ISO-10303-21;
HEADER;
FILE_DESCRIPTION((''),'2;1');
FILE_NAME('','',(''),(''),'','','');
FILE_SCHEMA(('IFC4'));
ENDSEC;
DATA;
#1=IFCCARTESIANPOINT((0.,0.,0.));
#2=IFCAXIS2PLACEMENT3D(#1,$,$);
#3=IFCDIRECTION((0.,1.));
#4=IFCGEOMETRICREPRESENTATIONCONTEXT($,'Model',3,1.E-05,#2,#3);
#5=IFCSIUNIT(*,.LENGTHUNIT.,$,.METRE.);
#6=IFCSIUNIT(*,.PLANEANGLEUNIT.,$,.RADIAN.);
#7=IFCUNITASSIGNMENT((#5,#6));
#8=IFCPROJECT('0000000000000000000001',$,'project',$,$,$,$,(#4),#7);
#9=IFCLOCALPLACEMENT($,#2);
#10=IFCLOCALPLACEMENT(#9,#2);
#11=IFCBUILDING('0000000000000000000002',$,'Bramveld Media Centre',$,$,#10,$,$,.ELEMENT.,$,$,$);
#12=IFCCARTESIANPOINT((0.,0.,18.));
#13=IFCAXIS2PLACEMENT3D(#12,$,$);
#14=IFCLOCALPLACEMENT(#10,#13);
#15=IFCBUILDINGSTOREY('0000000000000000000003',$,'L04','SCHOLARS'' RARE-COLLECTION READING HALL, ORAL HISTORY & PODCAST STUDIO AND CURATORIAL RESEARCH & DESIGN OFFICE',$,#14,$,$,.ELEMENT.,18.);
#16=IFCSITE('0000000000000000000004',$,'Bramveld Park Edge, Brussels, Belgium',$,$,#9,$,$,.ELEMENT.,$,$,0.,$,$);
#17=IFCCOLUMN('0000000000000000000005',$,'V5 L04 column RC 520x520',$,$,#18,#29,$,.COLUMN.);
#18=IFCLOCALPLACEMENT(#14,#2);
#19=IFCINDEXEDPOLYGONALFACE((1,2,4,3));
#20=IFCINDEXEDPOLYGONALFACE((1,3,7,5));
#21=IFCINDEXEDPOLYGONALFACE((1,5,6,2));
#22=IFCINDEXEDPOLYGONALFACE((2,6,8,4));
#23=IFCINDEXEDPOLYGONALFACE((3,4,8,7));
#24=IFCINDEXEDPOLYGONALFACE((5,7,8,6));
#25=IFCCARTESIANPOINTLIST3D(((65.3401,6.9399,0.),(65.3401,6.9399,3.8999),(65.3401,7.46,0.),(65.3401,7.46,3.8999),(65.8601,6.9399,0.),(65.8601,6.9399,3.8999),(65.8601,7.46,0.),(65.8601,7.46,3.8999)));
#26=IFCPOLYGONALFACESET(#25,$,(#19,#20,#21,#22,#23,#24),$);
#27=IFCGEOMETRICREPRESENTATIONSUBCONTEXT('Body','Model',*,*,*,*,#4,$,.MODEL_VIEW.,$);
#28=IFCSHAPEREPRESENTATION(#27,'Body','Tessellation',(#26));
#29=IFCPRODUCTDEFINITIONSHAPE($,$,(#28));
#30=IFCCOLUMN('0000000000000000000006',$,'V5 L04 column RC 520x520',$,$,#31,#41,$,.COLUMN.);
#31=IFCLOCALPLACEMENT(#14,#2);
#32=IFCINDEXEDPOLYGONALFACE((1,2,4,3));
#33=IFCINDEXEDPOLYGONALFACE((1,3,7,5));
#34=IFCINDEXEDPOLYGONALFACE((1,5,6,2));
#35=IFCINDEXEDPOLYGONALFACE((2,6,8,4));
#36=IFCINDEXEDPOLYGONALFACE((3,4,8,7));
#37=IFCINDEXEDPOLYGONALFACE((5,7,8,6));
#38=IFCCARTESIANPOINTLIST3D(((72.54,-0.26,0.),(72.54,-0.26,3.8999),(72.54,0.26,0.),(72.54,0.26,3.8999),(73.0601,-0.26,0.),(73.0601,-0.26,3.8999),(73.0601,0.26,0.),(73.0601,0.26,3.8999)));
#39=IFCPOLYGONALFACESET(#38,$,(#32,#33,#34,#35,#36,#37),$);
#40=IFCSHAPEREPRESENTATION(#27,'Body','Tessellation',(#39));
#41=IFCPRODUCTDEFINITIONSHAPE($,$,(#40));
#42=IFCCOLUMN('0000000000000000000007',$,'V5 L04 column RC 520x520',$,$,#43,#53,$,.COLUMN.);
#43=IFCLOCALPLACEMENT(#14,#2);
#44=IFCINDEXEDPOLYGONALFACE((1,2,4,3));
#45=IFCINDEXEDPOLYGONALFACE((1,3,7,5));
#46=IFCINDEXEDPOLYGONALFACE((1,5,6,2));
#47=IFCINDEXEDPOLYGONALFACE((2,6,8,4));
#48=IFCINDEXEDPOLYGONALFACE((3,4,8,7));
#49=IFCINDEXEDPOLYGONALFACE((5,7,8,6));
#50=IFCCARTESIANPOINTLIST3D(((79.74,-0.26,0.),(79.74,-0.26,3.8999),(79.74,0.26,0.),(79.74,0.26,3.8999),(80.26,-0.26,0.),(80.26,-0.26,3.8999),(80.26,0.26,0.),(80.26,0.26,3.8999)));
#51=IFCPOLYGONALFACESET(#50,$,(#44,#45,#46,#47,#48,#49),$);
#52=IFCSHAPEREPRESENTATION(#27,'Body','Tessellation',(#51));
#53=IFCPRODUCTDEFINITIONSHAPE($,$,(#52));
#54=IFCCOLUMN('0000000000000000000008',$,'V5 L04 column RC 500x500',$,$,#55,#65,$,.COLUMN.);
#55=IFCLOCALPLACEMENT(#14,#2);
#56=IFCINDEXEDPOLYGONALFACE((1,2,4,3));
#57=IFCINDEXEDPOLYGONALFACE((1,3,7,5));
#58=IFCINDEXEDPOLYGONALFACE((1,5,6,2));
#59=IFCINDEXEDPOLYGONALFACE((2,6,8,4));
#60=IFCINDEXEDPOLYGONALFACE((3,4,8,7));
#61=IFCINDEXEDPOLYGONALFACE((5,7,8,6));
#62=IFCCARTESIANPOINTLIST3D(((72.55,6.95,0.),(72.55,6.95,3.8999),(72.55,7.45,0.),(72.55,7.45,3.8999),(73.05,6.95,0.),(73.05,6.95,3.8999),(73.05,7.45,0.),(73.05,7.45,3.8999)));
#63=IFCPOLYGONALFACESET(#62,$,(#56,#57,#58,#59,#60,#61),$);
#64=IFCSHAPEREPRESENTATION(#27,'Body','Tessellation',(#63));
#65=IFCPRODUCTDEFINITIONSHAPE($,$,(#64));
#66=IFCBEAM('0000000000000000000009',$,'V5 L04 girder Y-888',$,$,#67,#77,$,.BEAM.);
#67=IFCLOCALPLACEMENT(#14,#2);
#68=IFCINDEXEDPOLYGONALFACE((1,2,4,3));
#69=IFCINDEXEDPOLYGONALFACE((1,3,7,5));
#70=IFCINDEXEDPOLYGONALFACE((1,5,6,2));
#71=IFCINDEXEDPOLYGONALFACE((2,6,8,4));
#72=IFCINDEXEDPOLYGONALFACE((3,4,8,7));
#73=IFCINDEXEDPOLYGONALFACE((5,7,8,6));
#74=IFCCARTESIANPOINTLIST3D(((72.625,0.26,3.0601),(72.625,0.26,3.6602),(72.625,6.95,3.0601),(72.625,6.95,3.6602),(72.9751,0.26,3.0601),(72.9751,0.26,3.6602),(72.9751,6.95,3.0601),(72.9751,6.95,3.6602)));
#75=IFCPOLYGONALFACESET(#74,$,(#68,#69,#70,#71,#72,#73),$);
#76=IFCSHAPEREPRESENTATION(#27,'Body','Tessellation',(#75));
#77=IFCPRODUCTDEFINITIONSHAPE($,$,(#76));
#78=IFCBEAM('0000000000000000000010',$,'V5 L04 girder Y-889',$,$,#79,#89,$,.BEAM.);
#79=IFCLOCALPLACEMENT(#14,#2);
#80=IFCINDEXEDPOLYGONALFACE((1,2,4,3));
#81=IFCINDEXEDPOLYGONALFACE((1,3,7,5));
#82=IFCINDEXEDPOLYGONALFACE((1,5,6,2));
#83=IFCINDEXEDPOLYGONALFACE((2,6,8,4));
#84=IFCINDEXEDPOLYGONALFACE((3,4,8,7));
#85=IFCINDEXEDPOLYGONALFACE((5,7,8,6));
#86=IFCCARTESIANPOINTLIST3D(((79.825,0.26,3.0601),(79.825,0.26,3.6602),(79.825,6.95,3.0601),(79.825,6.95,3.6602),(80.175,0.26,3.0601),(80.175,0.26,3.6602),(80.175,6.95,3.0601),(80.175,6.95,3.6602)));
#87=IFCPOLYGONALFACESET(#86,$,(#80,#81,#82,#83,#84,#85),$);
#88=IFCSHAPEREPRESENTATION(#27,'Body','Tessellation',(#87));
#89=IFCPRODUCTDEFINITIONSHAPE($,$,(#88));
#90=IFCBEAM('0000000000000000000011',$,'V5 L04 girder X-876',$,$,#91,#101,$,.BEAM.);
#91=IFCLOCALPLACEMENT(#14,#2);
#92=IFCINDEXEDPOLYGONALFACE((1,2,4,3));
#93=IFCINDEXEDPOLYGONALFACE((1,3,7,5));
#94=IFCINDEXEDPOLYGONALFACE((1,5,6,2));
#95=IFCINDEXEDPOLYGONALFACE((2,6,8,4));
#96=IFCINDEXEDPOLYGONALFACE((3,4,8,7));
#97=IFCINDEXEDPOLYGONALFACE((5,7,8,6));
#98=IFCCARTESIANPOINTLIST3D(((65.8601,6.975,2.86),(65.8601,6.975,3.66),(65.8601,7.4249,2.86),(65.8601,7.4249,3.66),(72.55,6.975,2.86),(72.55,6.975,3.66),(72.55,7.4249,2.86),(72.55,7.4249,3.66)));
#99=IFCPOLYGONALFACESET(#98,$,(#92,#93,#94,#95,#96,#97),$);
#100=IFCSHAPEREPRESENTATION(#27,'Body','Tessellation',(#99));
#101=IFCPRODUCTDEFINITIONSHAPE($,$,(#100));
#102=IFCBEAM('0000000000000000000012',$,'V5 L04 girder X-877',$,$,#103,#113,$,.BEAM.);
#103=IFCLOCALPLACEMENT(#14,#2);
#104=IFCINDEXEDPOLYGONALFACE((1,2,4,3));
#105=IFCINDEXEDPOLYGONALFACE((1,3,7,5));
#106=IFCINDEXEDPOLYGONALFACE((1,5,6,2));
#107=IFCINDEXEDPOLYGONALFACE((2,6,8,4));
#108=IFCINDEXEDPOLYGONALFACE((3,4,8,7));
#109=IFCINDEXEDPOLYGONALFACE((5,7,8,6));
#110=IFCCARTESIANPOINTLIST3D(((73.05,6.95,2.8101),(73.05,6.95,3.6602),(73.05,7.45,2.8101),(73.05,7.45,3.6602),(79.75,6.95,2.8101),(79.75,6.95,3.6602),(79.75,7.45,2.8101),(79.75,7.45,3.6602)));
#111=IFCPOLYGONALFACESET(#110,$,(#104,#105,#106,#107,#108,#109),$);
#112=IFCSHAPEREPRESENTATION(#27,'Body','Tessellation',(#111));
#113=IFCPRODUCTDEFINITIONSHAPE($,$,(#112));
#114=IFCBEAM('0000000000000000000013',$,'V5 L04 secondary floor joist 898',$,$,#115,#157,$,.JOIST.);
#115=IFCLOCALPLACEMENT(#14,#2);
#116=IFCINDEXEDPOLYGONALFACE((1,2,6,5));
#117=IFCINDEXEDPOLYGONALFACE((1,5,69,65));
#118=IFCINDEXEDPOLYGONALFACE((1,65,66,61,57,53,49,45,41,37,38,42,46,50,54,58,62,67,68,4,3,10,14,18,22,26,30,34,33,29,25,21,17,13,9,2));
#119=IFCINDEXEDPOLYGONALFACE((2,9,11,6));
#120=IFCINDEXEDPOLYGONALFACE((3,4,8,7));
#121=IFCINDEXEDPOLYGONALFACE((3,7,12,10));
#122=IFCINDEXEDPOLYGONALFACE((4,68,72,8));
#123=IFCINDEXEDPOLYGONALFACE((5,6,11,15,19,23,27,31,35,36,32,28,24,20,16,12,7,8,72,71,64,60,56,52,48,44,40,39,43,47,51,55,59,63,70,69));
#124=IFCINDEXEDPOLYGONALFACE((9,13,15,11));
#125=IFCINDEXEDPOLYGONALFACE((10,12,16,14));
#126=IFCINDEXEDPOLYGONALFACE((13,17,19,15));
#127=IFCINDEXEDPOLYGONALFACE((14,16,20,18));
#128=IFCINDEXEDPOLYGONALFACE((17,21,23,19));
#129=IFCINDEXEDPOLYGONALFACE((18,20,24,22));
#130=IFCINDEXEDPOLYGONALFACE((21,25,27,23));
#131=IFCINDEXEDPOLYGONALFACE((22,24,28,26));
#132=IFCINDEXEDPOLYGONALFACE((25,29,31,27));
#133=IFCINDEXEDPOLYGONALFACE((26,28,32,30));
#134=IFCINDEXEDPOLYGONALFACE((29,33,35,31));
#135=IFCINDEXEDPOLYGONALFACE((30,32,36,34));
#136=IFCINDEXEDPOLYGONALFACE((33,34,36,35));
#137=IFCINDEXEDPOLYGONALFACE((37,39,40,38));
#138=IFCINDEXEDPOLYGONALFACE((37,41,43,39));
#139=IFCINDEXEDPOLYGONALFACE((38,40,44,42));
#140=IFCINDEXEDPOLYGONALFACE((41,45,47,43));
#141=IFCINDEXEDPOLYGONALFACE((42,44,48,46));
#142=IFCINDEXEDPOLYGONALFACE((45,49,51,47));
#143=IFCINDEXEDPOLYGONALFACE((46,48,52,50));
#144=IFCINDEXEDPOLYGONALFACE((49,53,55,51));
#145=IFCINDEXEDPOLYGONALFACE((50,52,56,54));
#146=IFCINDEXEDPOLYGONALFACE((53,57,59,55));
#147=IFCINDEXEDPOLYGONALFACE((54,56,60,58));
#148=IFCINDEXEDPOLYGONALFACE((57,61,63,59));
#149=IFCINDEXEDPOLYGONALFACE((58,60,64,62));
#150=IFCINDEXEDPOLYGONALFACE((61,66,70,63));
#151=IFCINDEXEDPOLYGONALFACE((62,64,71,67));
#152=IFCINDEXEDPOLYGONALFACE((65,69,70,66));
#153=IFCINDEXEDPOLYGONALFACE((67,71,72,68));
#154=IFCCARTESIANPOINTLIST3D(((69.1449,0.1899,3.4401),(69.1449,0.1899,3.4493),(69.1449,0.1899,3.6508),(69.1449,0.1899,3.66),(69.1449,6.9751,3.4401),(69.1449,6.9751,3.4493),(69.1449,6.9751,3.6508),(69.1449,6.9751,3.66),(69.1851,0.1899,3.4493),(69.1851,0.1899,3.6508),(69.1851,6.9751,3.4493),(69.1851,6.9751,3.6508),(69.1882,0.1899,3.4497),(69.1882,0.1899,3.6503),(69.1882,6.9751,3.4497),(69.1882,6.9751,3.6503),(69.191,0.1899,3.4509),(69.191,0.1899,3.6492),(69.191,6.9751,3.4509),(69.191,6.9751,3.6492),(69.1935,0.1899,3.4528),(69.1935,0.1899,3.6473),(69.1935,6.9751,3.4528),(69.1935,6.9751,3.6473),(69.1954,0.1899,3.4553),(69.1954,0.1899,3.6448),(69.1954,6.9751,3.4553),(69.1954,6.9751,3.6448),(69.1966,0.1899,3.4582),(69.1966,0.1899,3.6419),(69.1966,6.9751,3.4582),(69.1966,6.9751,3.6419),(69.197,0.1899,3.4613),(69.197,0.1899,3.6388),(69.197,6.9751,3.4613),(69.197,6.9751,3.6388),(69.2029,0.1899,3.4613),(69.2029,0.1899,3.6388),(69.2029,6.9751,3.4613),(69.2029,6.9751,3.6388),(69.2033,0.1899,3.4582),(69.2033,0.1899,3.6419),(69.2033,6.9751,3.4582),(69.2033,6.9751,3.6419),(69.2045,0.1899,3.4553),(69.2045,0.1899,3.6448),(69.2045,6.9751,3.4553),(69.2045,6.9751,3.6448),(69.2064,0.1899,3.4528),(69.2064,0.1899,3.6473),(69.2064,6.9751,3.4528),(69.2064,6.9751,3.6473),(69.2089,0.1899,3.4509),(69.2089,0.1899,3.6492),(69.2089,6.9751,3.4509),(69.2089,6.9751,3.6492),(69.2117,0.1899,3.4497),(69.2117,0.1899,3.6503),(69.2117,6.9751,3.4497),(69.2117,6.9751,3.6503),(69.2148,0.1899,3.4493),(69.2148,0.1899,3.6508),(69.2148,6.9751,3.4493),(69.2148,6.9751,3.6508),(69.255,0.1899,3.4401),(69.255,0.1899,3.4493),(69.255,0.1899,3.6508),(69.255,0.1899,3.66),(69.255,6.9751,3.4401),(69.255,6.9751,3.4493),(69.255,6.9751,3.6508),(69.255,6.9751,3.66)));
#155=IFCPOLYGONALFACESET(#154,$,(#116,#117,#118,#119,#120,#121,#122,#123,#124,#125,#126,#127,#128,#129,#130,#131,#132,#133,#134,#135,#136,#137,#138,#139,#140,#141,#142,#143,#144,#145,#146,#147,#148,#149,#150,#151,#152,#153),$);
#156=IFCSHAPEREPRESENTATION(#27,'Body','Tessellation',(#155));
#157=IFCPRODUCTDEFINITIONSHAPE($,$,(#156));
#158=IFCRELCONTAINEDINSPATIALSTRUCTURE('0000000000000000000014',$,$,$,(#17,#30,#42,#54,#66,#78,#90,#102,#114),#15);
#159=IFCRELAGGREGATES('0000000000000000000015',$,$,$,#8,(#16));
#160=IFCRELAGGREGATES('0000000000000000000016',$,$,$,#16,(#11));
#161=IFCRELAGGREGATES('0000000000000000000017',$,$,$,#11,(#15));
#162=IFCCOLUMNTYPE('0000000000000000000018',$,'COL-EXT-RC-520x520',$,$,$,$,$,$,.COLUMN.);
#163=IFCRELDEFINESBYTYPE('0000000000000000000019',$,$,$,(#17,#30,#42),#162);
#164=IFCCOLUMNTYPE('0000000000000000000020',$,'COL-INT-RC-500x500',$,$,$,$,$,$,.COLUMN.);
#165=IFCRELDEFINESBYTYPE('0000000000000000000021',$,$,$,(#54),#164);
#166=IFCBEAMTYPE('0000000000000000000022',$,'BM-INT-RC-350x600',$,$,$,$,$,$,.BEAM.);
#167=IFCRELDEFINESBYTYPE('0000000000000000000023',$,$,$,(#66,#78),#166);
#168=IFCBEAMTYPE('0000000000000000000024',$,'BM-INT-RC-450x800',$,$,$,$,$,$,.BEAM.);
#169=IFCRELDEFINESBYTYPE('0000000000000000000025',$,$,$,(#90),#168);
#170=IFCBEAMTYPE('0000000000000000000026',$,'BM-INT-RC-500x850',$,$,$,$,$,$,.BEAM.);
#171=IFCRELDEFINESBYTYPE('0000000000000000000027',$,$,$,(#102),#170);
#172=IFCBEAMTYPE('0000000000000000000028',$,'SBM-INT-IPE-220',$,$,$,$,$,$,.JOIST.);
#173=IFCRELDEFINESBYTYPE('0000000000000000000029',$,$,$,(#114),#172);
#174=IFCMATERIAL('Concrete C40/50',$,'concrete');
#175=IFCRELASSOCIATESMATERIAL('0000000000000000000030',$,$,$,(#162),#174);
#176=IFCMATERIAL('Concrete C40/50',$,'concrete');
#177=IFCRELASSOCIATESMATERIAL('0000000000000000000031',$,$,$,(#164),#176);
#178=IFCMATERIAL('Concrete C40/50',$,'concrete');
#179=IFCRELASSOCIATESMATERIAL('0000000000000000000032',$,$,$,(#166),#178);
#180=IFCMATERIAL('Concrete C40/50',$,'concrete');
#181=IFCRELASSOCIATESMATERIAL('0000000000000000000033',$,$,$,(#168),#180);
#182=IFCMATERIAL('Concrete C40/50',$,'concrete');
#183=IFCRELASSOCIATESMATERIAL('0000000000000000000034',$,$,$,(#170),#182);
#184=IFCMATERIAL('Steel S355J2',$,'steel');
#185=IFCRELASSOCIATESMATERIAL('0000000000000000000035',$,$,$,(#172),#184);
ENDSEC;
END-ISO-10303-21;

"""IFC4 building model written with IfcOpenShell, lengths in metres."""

from ifc_helpers import new_model, si_unit, direction, frame, origin, origin_2d, place, context, subcontext, project, spatial, rectangle, i_section, extrude, material, material_profile, profile_set, type_object, element, save


model = new_model("IFC4")

# Units and contexts
model_context = context("Model", 3, precision=1e-05, world=origin(), true_north=direction((0.0, 1.0)))
body_context = subcontext(model_context, "Body", "Model", "MODEL_VIEW")
ifc_project = project(units=[si_unit("LENGTHUNIT", "METRE"), si_unit("PLANEANGLEUNIT", "RADIAN")], contexts=[model_context])

# Site, building, storey
site_placement = place(None, origin())
site = spatial("IfcSite", under=ifc_project, at=site_placement, Name="Bramveld Park Edge, Brussels, Belgium", CompositionType="ELEMENT", RefElevation=0.0)
building_placement = place(site_placement, origin())
building = spatial("IfcBuilding", under=site, at=building_placement, Name="Bramveld Media Centre", CompositionType="ELEMENT")
storey_placement = place(building_placement, frame((0.0, 0.0, 18.0)))
storey = spatial("IfcBuildingStorey", under=building, at=storey_placement, Name="L04", Description="SCHOLARS' RARE-COLLECTION READING HALL, ORAL HISTORY & PODCAST STUDIO AND CURATORIAL RESEARCH & DESIGN OFFICE", CompositionType="ELEMENT", Elevation=18.0)

# Columns
ifc_material_1 = material(Name="Concrete C40/50", Category="concrete")
ifc_material_profile_1 = material_profile(ifc_material_1, rectangle(XDim=0.52, YDim=0.52, at=origin_2d()), Name="RC 520x520")
ifc_profile_set_1 = profile_set([ifc_material_profile_1], Name="Concrete C40/50")
column_type_1 = type_object("IfcColumnType", Name="COL-EXT-RC-520x520", PredefinedType="COLUMN", material=ifc_profile_set_1)
for number, where, z_axis, x_axis, name in (
    (1, (65.6001, 7.2, 0.0), (0.0, 0.0, 1.0), (1.0, 0.0, 0.0), "V5 L04 column RC 520x520"),
    (2, (72.8, 0.0, 0.0), (0.0, 0.0, 1.0), (1.0, 0.0, 0.0), "V5 L04 column RC 520x520"),
    (3, (80.0, 0.0, 0.0), (0.0, 0.0, 1.0), (1.0, 0.0, 0.0), "V5 L04 column RC 520x520"),
):
    element("IfcColumn", number, at=place(storey_placement, frame(where, z_axis=z_axis, x_axis=x_axis)), inside=storey, type_object=column_type_1, Name=name, PredefinedType="COLUMN", context=body_context, shape_type="SweptSolid", body=[
        extrude(rectangle(XDim=0.52, YDim=0.52, at=origin_2d()), origin(), (0.0, 0.0, 1.0), 3.8999),
    ])
ifc_material_2 = material(Name="Concrete C40/50", Category="concrete")
ifc_material_profile_2 = material_profile(ifc_material_2, rectangle(XDim=0.5, YDim=0.5, at=origin_2d()), Name="RC 500x500")
ifc_profile_set_2 = profile_set([ifc_material_profile_2], Name="Concrete C40/50")
column_type_2 = type_object("IfcColumnType", Name="COL-INT-RC-500x500", PredefinedType="COLUMN", material=ifc_profile_set_2)
column_placement = place(storey_placement, frame((72.8, 7.2, 0.0), z_axis=(0.0, 0.0, 1.0), x_axis=(1.0, 0.0, 0.0)))
element("IfcColumn", 4, at=column_placement, inside=storey, type_object=column_type_2, Name="V5 L04 column RC 500x500", PredefinedType="COLUMN", context=body_context, shape_type="SweptSolid", body=[
    extrude(rectangle(XDim=0.5, YDim=0.5, at=origin_2d()), origin(), (0.0, 0.0, 1.0), 3.8999),
])

# Beams
ifc_material_3 = material(Name="Concrete C40/50", Category="concrete")
ifc_material_profile_3 = material_profile(ifc_material_3, rectangle(XDim=0.3501, YDim=0.6001, at=origin_2d()), Name="RC 350x600")
ifc_profile_set_3 = profile_set([ifc_material_profile_3], Name="Concrete C40/50")
beam_type_1 = type_object("IfcBeamType", Name="BM-INT-RC-350x600", PredefinedType="BEAM", material=ifc_profile_set_3)
for number, where, z_axis, x_axis, name in (
    (5, (72.8, 0.26, 3.3601), (0.0, 1.0, 0.0), (-1.0, 0.0, 0.0), "V5 L04 girder Y-888"),
    (6, (80.0, 0.26, 3.3601), (0.0, 1.0, 0.0), (-1.0, 0.0, 0.0), "V5 L04 girder Y-889"),
):
    element("IfcBeam", number, at=place(storey_placement, frame(where, z_axis=z_axis, x_axis=x_axis)), inside=storey, type_object=beam_type_1, Name=name, PredefinedType="BEAM", context=body_context, shape_type="SweptSolid", body=[
        extrude(rectangle(XDim=0.3501, YDim=0.6001, at=origin_2d()), origin(), (0.0, 0.0, 1.0), 6.6899),
    ])
ifc_material_4 = material(Name="Concrete C40/50", Category="concrete")
ifc_material_profile_4 = material_profile(ifc_material_4, rectangle(XDim=0.45, YDim=0.8, at=origin_2d()), Name="RC 450x800")
ifc_profile_set_4 = profile_set([ifc_material_profile_4], Name="Concrete C40/50")
beam_type_2 = type_object("IfcBeamType", Name="BM-INT-RC-450x800", PredefinedType="BEAM", material=ifc_profile_set_4)
beam_1_placement = place(storey_placement, frame((65.8601, 7.2, 3.26), z_axis=(1.0, 0.0, 0.0), x_axis=(0.0, 1.0, 0.0)))
element("IfcBeam", 7, at=beam_1_placement, inside=storey, type_object=beam_type_2, Name="V5 L04 girder X-876", PredefinedType="BEAM", context=body_context, shape_type="SweptSolid", body=[
    extrude(rectangle(XDim=0.45, YDim=0.8, at=origin_2d()), origin(), (0.0, 0.0, 1.0), 6.6899),
])
ifc_material_5 = material(Name="Concrete C40/50", Category="concrete")
ifc_material_profile_5 = material_profile(ifc_material_5, rectangle(XDim=0.5, YDim=0.8501, at=origin_2d()), Name="RC 500x850")
ifc_profile_set_5 = profile_set([ifc_material_profile_5], Name="Concrete C40/50")
beam_type_3 = type_object("IfcBeamType", Name="BM-INT-RC-500x850", PredefinedType="BEAM", material=ifc_profile_set_5)
beam_2_placement = place(storey_placement, frame((73.05, 7.2, 3.2351), z_axis=(1.0, 0.0, 0.0), x_axis=(0.0, 1.0, 0.0)))
element("IfcBeam", 8, at=beam_2_placement, inside=storey, type_object=beam_type_3, Name="V5 L04 girder X-877", PredefinedType="BEAM", context=body_context, shape_type="SweptSolid", body=[
    extrude(rectangle(XDim=0.5, YDim=0.8501, at=origin_2d()), origin(), (0.0, 0.0, 1.0), 6.7),
])
ifc_material_6 = material(Name="Steel S355J2", Category="steel")
ifc_material_profile_6 = material_profile(ifc_material_6, i_section(OverallWidth=0.1101, OverallDepth=0.22, WebThickness=0.0059, FlangeThickness=0.0093, FilletRadius=0.012, at=origin_2d()), Name="IPE 220")
ifc_profile_set_6 = profile_set([ifc_material_profile_6], Name="Steel S355J2")
beam_type_4 = type_object("IfcBeamType", Name="SBM-INT-IPE-220", PredefinedType="JOIST", material=ifc_profile_set_6)
beam_3_placement = place(storey_placement, frame((69.2, 0.1899, 3.55), z_axis=(0.0, 1.0, 0.0), x_axis=(-1.0, 0.0, 0.0)))
element("IfcBeam", 9, at=beam_3_placement, inside=storey, type_object=beam_type_4, Name="V5 L04 secondary floor joist 898", PredefinedType="JOIST", context=body_context, shape_type="SweptSolid", body=[
    extrude(i_section(OverallWidth=0.1101, OverallDepth=0.22, WebThickness=0.0059, FlangeThickness=0.0093, FilletRadius=0.012, at=origin_2d()), origin(), (0.0, 0.0, 1.0), 6.7852),
])

save(model, "model.ifc")
